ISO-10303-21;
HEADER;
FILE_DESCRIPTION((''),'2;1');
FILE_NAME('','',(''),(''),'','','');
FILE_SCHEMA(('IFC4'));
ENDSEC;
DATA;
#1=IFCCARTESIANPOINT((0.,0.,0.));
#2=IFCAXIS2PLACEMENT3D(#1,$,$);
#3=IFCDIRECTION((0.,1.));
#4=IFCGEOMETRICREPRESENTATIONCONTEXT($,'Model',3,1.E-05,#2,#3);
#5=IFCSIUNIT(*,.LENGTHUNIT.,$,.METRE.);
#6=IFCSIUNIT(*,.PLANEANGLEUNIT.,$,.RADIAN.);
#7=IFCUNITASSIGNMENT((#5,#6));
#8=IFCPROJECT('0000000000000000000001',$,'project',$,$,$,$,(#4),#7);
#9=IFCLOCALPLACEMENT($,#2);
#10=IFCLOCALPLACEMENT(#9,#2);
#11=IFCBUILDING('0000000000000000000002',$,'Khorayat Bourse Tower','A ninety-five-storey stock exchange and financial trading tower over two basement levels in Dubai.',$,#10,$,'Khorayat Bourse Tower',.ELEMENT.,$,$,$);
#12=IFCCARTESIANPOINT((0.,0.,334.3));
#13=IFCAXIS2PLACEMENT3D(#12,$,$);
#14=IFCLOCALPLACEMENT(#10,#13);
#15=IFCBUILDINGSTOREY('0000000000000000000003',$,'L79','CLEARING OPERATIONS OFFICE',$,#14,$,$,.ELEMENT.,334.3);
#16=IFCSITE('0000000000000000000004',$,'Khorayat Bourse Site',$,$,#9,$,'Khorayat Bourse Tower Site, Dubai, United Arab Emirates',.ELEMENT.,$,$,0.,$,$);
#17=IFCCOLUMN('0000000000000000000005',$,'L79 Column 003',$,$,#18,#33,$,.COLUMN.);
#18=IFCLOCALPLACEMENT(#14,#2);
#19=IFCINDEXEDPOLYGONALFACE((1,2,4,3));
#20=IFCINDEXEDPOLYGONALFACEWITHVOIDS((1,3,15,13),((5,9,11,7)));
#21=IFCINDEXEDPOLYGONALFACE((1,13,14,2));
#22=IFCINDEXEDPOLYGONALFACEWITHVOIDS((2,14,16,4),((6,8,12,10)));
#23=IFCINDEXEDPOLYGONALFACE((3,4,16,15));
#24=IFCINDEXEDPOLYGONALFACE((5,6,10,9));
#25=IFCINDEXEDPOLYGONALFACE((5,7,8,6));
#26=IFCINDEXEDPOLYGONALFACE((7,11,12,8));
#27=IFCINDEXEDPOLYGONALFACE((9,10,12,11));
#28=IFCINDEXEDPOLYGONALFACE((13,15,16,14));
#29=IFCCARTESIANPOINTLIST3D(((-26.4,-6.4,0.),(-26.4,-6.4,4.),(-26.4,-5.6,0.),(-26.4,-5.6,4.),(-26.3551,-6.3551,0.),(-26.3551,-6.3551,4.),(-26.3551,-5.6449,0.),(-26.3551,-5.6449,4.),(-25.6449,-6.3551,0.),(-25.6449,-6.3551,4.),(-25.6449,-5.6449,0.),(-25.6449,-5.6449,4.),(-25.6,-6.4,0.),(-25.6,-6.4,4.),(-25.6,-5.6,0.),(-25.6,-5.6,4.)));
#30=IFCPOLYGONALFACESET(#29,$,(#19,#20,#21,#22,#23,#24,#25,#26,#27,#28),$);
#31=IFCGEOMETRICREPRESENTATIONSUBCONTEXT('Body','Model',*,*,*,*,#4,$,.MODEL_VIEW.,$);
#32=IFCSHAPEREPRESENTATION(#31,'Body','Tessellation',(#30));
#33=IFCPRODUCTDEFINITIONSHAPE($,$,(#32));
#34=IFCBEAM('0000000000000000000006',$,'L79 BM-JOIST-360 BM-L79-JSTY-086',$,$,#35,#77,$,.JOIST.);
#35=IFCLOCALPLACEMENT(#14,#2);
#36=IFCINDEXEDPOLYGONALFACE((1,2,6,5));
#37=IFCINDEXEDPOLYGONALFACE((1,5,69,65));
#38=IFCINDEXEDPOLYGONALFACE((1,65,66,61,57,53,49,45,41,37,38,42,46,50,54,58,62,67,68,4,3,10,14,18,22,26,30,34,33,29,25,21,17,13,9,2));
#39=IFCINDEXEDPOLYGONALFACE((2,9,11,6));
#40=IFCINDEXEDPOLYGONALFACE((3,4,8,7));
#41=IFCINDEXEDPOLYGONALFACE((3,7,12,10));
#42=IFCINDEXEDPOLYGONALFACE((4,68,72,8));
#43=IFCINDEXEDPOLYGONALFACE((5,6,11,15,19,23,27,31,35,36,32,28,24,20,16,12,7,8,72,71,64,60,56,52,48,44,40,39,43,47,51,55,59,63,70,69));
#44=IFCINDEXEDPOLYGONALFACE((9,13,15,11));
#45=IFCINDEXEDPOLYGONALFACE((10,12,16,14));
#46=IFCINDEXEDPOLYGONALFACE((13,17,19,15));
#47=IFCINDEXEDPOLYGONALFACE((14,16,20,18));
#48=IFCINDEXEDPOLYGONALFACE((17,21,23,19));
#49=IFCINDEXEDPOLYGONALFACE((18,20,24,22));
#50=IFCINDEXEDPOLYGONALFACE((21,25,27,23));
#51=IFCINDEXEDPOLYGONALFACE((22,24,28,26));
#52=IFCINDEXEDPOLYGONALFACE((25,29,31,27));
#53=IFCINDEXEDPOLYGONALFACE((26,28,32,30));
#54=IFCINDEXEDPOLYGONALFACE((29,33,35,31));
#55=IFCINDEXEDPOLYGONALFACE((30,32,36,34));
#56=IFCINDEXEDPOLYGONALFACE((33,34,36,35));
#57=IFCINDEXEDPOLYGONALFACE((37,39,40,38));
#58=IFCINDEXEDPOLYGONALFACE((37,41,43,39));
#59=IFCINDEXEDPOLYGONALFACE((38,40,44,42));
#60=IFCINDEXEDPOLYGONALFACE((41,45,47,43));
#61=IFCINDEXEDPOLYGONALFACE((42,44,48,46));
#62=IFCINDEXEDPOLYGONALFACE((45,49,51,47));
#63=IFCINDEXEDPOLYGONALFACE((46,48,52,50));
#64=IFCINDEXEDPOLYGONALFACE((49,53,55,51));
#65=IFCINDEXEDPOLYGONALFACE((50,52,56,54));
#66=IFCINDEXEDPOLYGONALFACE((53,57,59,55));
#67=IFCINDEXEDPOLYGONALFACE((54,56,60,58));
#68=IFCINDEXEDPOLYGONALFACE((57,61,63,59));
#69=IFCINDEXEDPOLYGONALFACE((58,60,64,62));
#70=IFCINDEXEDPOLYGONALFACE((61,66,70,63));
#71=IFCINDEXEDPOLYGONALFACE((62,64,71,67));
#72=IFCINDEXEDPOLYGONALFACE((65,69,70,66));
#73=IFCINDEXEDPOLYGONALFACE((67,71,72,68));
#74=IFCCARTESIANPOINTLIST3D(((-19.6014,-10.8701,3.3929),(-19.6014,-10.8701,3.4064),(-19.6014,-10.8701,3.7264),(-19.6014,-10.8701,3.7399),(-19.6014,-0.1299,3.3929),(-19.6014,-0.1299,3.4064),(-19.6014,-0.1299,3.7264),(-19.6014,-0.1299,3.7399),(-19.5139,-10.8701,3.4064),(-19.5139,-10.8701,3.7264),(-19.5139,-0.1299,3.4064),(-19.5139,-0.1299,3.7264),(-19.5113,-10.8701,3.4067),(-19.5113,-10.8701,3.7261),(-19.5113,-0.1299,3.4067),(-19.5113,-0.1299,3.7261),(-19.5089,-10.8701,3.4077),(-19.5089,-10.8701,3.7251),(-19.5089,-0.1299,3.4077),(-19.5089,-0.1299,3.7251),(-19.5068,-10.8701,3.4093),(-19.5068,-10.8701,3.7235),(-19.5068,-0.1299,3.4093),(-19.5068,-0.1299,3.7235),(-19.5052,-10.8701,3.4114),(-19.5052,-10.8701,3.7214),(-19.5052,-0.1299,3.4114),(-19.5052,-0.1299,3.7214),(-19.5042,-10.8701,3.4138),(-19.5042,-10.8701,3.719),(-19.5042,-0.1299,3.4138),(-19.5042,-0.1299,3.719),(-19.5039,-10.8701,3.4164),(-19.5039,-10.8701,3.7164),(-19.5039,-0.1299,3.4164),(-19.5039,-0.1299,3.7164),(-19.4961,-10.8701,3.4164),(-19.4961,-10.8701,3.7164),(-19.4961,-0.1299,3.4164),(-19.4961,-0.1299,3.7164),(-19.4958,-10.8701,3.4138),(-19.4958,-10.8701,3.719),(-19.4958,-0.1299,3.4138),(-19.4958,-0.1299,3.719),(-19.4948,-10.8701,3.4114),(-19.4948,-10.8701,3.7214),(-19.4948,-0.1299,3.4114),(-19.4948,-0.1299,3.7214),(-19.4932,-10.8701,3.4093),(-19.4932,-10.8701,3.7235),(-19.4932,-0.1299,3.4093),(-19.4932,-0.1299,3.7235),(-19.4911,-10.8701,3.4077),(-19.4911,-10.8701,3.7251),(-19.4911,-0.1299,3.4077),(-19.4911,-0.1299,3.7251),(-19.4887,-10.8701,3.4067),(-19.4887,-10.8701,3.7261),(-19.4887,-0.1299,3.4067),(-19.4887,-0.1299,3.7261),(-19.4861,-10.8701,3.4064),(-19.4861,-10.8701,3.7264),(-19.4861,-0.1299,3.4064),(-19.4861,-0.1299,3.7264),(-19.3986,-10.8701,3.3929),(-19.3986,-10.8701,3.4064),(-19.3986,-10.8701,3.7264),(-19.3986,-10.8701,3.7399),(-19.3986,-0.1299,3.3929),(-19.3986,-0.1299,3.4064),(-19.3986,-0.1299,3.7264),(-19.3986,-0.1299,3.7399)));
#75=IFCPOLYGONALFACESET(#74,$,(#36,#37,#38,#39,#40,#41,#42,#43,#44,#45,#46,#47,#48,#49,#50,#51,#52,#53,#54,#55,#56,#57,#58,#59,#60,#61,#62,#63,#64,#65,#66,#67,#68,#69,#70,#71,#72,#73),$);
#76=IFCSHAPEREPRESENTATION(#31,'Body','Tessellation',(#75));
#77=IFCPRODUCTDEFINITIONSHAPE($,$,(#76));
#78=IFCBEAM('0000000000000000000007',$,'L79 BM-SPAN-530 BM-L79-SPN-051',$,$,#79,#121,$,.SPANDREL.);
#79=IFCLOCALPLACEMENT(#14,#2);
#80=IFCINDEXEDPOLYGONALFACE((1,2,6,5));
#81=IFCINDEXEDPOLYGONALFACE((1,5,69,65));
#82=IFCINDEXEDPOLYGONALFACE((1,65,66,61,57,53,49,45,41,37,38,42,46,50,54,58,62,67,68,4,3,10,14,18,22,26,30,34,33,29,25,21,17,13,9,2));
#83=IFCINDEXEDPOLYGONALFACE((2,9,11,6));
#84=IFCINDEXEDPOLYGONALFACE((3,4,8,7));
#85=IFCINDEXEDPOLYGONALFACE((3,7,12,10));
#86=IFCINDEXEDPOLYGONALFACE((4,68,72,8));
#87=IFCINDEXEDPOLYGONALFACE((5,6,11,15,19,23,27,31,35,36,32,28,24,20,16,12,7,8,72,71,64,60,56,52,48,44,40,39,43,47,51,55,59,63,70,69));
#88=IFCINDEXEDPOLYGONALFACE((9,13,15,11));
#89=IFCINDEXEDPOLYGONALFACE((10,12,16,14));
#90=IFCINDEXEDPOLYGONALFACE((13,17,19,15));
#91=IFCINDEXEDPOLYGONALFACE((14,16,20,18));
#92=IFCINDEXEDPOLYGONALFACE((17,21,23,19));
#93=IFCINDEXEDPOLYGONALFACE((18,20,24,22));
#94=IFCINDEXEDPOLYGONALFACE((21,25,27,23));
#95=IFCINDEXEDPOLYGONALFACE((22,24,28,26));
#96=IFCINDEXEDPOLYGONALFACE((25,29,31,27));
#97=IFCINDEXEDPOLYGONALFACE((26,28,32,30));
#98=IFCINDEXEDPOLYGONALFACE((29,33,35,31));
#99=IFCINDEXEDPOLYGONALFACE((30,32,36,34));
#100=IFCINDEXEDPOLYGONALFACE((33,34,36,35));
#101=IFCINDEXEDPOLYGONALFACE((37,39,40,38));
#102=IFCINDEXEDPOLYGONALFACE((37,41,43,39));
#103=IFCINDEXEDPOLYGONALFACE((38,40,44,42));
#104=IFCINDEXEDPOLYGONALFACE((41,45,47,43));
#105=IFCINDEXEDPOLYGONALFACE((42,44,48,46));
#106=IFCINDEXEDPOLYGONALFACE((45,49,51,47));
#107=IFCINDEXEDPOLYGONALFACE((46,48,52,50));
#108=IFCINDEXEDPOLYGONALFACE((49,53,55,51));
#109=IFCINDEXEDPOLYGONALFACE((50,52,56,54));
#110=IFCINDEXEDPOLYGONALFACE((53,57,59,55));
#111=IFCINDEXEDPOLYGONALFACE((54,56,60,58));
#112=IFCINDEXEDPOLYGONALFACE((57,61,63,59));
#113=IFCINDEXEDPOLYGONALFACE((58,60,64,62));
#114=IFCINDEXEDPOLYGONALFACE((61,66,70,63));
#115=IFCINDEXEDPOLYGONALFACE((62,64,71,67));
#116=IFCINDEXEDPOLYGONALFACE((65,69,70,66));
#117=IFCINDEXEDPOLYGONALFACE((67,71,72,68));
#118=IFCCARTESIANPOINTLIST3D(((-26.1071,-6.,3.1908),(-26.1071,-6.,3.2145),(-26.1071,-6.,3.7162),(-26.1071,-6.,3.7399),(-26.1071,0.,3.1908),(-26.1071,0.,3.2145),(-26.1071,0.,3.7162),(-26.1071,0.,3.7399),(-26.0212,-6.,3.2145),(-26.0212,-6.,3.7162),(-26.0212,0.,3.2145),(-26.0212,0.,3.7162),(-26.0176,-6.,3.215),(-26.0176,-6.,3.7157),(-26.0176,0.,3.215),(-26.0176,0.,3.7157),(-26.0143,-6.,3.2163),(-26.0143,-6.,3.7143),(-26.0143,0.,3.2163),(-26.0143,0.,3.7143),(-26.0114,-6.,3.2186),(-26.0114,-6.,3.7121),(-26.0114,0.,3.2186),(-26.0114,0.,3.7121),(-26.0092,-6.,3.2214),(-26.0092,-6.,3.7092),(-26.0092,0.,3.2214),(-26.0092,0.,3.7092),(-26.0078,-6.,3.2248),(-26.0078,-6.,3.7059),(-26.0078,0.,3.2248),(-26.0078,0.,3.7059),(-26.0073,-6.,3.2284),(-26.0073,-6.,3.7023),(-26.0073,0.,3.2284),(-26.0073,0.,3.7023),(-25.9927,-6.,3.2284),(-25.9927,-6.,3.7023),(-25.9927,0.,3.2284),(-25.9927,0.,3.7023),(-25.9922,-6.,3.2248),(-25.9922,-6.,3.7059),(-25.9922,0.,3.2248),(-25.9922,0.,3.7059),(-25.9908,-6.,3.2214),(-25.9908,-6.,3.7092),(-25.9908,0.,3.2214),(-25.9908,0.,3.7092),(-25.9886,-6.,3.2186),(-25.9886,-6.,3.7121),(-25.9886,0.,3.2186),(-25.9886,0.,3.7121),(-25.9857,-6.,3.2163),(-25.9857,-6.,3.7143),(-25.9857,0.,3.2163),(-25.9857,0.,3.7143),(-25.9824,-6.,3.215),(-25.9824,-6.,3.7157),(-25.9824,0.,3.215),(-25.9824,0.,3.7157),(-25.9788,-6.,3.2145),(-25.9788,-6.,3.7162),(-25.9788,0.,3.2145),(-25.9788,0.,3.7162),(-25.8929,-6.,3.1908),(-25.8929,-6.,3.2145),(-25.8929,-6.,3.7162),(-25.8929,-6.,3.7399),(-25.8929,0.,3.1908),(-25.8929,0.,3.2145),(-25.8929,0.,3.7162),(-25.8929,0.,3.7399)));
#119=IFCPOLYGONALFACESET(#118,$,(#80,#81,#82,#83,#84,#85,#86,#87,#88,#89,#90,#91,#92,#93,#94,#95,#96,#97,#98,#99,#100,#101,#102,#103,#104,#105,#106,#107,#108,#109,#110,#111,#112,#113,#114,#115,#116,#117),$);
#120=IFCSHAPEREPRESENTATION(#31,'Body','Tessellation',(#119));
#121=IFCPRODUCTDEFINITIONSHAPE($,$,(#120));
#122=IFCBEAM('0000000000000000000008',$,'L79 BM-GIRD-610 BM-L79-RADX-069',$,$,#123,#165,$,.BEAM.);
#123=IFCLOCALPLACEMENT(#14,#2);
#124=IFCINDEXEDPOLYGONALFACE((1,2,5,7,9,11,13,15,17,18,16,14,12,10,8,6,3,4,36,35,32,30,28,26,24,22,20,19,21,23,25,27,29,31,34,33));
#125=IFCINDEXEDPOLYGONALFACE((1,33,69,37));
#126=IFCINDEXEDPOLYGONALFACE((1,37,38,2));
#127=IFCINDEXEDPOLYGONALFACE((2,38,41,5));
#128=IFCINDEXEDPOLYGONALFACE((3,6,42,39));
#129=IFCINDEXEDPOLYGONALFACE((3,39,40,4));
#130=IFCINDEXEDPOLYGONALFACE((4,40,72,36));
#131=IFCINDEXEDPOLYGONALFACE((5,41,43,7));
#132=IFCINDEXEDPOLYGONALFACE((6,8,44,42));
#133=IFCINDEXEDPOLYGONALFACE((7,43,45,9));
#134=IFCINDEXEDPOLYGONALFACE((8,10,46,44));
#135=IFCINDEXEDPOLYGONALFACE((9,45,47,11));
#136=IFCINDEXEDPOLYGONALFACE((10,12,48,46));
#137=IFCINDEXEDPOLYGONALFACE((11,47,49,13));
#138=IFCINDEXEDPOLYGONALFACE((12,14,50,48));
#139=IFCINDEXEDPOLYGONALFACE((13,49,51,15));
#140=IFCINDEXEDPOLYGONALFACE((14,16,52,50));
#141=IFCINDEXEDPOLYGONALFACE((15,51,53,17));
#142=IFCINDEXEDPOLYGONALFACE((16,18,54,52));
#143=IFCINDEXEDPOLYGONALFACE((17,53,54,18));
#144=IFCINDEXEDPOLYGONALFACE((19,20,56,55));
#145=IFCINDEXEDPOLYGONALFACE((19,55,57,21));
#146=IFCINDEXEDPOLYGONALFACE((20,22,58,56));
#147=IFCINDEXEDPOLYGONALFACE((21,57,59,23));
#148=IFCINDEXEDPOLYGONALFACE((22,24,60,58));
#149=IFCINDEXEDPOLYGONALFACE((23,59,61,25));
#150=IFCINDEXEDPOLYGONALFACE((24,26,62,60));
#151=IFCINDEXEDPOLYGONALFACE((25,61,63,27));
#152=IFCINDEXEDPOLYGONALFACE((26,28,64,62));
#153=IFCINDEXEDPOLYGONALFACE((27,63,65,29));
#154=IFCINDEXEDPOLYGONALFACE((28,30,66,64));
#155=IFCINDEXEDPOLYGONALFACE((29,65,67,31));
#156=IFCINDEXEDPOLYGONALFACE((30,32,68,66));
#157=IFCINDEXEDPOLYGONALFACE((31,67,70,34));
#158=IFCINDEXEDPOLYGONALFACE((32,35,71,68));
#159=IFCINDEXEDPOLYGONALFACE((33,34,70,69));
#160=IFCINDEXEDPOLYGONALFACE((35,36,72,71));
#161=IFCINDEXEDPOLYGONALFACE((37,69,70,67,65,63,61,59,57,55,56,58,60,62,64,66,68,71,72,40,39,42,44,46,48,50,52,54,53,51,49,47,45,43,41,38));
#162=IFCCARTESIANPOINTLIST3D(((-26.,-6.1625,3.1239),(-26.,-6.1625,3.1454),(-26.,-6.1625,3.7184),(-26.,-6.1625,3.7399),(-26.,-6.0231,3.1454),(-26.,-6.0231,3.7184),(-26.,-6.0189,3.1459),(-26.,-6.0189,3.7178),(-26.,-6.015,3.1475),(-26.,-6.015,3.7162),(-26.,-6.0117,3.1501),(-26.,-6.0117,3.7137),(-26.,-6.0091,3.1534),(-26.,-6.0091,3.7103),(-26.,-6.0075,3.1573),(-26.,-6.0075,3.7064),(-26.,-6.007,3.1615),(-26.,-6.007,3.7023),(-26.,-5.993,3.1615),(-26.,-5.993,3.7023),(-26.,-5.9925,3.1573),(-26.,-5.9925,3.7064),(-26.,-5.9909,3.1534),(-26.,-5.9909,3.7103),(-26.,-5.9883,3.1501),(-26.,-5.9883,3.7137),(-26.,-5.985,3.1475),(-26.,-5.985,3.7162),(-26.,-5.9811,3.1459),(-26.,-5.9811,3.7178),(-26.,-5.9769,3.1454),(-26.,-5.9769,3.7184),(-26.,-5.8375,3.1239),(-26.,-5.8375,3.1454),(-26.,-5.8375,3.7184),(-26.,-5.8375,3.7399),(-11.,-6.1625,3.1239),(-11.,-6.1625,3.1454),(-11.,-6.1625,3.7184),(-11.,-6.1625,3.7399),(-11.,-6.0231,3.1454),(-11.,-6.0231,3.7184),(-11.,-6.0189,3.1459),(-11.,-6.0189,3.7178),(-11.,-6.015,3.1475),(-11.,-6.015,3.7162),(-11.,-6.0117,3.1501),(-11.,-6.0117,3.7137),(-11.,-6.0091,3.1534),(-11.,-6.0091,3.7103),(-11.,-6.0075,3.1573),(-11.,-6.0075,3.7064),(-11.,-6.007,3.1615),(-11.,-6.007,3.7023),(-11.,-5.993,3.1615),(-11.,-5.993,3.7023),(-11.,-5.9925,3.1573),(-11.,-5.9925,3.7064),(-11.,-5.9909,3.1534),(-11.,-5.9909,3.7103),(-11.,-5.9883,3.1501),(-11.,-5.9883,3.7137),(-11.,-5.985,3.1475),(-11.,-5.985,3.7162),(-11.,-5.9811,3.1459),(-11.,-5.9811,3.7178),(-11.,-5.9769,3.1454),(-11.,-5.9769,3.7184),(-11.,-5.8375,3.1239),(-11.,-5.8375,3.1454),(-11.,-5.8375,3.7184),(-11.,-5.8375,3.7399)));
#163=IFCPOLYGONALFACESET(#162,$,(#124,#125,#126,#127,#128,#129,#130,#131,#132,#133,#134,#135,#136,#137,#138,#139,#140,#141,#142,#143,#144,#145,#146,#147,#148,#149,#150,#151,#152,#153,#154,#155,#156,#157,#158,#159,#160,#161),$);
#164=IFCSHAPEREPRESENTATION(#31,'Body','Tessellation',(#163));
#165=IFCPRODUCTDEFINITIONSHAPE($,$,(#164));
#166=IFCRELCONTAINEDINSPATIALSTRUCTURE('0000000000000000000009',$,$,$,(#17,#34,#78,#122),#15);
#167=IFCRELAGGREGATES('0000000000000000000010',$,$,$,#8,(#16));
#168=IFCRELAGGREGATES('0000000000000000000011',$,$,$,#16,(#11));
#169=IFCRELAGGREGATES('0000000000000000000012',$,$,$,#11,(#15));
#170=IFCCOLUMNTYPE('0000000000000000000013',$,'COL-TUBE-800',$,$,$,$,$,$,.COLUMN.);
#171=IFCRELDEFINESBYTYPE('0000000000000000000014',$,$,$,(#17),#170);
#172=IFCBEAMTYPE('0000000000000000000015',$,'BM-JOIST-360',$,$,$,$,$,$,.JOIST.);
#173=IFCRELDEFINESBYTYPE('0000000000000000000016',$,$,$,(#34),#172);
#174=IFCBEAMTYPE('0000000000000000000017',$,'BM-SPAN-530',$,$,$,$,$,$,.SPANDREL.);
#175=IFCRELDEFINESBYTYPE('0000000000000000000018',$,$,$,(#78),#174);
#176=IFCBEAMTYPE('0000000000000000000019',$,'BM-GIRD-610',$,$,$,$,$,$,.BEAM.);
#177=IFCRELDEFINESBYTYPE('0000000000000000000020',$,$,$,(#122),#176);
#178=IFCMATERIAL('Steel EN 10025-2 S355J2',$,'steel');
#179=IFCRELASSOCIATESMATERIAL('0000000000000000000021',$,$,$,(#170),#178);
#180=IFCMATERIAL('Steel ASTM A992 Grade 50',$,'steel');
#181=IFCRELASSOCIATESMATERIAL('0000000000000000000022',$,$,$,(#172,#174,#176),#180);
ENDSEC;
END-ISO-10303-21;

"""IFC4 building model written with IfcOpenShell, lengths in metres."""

from ifc_helpers import new_model, si_unit, direction, frame, origin, origin_2d, place, context, subcontext, project, spatial, hollow_rectangle, i_section, extrude, source, transform, mapped, material, material_profile, profile_set, type_object, element, save


model = new_model("IFC4")

# Units and contexts
model_context = context("Model", 3, precision=1e-05, world=origin(), true_north=direction((0.0, 1.0)))
body_context = subcontext(model_context, "Body", "Model", "MODEL_VIEW")
ifc_project = project(units=[si_unit("LENGTHUNIT", "METRE"), si_unit("PLANEANGLEUNIT", "RADIAN")], contexts=[model_context])

# Site, building, storey
site_placement = place(None, origin())
site = spatial("IfcSite", under=ifc_project, at=site_placement, Name="Khorayat Bourse Site", LongName="Khorayat Bourse Tower Site, Dubai, United Arab Emirates", CompositionType="ELEMENT", RefElevation=0.0)
building_placement = place(site_placement, origin())
building = spatial("IfcBuilding", under=site, at=building_placement, Name="Khorayat Bourse Tower", Description="A ninety-five-storey stock exchange and financial trading tower over two basement levels in Dubai.", LongName="Khorayat Bourse Tower", CompositionType="ELEMENT")
storey_placement = place(building_placement, frame((0.0, 0.0, 334.3)))
storey = spatial("IfcBuildingStorey", under=building, at=storey_placement, Name="L79", Description="CLEARING OPERATIONS OFFICE", CompositionType="ELEMENT", Elevation=334.3)

# Column
ifc_material_1 = material(Name="Steel EN 10025-2 S355J2", Category="steel")
ifc_material_profile_1 = material_profile(ifc_material_1, hollow_rectangle(XDim=0.8, YDim=0.8, WallThickness=0.0449, at=origin_2d()), Name="BOX 800x800x45")
ifc_profile_set_1 = profile_set([ifc_material_profile_1], Name="Steel EN 10025-2 S355J2")
column_type = type_object("IfcColumnType", Name="COL-TUBE-800", PredefinedType="COLUMN", material=ifc_profile_set_1)
shared_shape_1 = source(origin(), body_context, "Body", "SweptSolid", [
    extrude(hollow_rectangle(XDim=0.8, YDim=0.8, WallThickness=0.0449, at=origin_2d()), origin(), (0.0, 0.0, 1.0), 4.0),
])
column_placement = place(storey_placement, frame((-26.0, -6.0, 0.0), z_axis=(0.0, 0.0, 1.0), x_axis=(1.0, 0.0, 0.0)))
element("IfcColumn", 1, at=column_placement, inside=storey, type_object=column_type, Name="L79 Column 003", PredefinedType="COLUMN", context=body_context, shape_type="MappedRepresentation", body=[
    mapped(shared_shape_1, transform((0.0, 0.0, 0.0), scale=1.0)),
])

# Beams
ifc_material_2 = material(Name="Steel ASTM A992 Grade 50", Category="steel")
ifc_material_profile_2 = material_profile(ifc_material_2, i_section(OverallWidth=0.2029, OverallDepth=0.3469, WebThickness=0.0078, FlangeThickness=0.0134, FilletRadius=0.01, at=origin_2d()), Name="W360X64")
ifc_profile_set_2 = profile_set([ifc_material_profile_2], Name="Steel ASTM A992 Grade 50")
beam_type_1 = type_object("IfcBeamType", Name="BM-JOIST-360", PredefinedType="JOIST", material=ifc_profile_set_2)
shared_shape_2 = source(origin(), body_context, "Body", "SweptSolid", [
    extrude(i_section(OverallWidth=0.2029, OverallDepth=0.3469, WebThickness=0.0078, FlangeThickness=0.0134, FilletRadius=0.01, at=origin_2d()), origin(), (0.0, 0.0, 1.0), 10.7402),
])
beam_1_placement = place(storey_placement, frame((-19.5, -10.8701, 3.5664), z_axis=(0.0, 1.0, 0.0), x_axis=(-1.0, 0.0, 0.0)))
element("IfcBeam", 2, at=beam_1_placement, inside=storey, type_object=beam_type_1, Name="L79 BM-JOIST-360 BM-L79-JSTY-086", PredefinedType="JOIST", context=body_context, shape_type="MappedRepresentation", body=[
    mapped(shared_shape_2, transform((0.0, 0.0, 0.0), scale=1.0)),
])
ifc_material_profile_3 = material_profile(ifc_material_2, i_section(OverallWidth=0.2141, OverallDepth=0.5491, WebThickness=0.0146, FlangeThickness=0.0237, FilletRadius=0.0139, at=origin_2d()), Name="W530X138")
ifc_profile_set_3 = profile_set([ifc_material_profile_3], Name="Steel ASTM A992 Grade 50")
beam_type_2 = type_object("IfcBeamType", Name="BM-SPAN-530", PredefinedType="SPANDREL", material=ifc_profile_set_3)
shared_shape_3 = source(origin(), body_context, "Body", "SweptSolid", [
    extrude(i_section(OverallWidth=0.2141, OverallDepth=0.5491, WebThickness=0.0146, FlangeThickness=0.0237, FilletRadius=0.0139, at=origin_2d()), origin(), (0.0, 0.0, 1.0), 6.0),
])
beam_2_placement = place(storey_placement, frame((-26.0, -6.0, 3.4653), z_axis=(0.0, 1.0, 0.0), x_axis=(-1.0, 0.0, 0.0)))
element("IfcBeam", 3, at=beam_2_placement, inside=storey, type_object=beam_type_2, Name="L79 BM-SPAN-530 BM-L79-SPN-051", PredefinedType="SPANDREL", context=body_context, shape_type="MappedRepresentation", body=[
    mapped(shared_shape_3, transform((0.0, 0.0, 0.0), scale=1.0)),
])
ifc_material_profile_4 = material_profile(ifc_material_2, i_section(OverallWidth=0.325, OverallDepth=0.616, WebThickness=0.0139, FlangeThickness=0.0215, FilletRadius=0.0161, at=origin_2d()), Name="W610X174")
ifc_profile_set_4 = profile_set([ifc_material_profile_4], Name="Steel ASTM A992 Grade 50")
beam_type_3 = type_object("IfcBeamType", Name="BM-GIRD-610", PredefinedType="BEAM", material=ifc_profile_set_4)
shared_shape_4 = source(origin(), body_context, "Body", "SweptSolid", [
    extrude(i_section(OverallWidth=0.325, OverallDepth=0.616, WebThickness=0.0139, FlangeThickness=0.0215, FilletRadius=0.0161, at=origin_2d()), origin(), (0.0, 0.0, 1.0), 15.0),
])
beam_3_placement = place(storey_placement, frame((-26.0, -6.0, 3.4319), z_axis=(1.0, 0.0, 0.0), x_axis=(0.0, 1.0, 0.0)))
element("IfcBeam", 4, at=beam_3_placement, inside=storey, type_object=beam_type_3, Name="L79 BM-GIRD-610 BM-L79-RADX-069", PredefinedType="BEAM", context=body_context, shape_type="MappedRepresentation", body=[
    mapped(shared_shape_4, transform((0.0, 0.0, 0.0), scale=1.0)),
])

save(model, "model.ifc")
